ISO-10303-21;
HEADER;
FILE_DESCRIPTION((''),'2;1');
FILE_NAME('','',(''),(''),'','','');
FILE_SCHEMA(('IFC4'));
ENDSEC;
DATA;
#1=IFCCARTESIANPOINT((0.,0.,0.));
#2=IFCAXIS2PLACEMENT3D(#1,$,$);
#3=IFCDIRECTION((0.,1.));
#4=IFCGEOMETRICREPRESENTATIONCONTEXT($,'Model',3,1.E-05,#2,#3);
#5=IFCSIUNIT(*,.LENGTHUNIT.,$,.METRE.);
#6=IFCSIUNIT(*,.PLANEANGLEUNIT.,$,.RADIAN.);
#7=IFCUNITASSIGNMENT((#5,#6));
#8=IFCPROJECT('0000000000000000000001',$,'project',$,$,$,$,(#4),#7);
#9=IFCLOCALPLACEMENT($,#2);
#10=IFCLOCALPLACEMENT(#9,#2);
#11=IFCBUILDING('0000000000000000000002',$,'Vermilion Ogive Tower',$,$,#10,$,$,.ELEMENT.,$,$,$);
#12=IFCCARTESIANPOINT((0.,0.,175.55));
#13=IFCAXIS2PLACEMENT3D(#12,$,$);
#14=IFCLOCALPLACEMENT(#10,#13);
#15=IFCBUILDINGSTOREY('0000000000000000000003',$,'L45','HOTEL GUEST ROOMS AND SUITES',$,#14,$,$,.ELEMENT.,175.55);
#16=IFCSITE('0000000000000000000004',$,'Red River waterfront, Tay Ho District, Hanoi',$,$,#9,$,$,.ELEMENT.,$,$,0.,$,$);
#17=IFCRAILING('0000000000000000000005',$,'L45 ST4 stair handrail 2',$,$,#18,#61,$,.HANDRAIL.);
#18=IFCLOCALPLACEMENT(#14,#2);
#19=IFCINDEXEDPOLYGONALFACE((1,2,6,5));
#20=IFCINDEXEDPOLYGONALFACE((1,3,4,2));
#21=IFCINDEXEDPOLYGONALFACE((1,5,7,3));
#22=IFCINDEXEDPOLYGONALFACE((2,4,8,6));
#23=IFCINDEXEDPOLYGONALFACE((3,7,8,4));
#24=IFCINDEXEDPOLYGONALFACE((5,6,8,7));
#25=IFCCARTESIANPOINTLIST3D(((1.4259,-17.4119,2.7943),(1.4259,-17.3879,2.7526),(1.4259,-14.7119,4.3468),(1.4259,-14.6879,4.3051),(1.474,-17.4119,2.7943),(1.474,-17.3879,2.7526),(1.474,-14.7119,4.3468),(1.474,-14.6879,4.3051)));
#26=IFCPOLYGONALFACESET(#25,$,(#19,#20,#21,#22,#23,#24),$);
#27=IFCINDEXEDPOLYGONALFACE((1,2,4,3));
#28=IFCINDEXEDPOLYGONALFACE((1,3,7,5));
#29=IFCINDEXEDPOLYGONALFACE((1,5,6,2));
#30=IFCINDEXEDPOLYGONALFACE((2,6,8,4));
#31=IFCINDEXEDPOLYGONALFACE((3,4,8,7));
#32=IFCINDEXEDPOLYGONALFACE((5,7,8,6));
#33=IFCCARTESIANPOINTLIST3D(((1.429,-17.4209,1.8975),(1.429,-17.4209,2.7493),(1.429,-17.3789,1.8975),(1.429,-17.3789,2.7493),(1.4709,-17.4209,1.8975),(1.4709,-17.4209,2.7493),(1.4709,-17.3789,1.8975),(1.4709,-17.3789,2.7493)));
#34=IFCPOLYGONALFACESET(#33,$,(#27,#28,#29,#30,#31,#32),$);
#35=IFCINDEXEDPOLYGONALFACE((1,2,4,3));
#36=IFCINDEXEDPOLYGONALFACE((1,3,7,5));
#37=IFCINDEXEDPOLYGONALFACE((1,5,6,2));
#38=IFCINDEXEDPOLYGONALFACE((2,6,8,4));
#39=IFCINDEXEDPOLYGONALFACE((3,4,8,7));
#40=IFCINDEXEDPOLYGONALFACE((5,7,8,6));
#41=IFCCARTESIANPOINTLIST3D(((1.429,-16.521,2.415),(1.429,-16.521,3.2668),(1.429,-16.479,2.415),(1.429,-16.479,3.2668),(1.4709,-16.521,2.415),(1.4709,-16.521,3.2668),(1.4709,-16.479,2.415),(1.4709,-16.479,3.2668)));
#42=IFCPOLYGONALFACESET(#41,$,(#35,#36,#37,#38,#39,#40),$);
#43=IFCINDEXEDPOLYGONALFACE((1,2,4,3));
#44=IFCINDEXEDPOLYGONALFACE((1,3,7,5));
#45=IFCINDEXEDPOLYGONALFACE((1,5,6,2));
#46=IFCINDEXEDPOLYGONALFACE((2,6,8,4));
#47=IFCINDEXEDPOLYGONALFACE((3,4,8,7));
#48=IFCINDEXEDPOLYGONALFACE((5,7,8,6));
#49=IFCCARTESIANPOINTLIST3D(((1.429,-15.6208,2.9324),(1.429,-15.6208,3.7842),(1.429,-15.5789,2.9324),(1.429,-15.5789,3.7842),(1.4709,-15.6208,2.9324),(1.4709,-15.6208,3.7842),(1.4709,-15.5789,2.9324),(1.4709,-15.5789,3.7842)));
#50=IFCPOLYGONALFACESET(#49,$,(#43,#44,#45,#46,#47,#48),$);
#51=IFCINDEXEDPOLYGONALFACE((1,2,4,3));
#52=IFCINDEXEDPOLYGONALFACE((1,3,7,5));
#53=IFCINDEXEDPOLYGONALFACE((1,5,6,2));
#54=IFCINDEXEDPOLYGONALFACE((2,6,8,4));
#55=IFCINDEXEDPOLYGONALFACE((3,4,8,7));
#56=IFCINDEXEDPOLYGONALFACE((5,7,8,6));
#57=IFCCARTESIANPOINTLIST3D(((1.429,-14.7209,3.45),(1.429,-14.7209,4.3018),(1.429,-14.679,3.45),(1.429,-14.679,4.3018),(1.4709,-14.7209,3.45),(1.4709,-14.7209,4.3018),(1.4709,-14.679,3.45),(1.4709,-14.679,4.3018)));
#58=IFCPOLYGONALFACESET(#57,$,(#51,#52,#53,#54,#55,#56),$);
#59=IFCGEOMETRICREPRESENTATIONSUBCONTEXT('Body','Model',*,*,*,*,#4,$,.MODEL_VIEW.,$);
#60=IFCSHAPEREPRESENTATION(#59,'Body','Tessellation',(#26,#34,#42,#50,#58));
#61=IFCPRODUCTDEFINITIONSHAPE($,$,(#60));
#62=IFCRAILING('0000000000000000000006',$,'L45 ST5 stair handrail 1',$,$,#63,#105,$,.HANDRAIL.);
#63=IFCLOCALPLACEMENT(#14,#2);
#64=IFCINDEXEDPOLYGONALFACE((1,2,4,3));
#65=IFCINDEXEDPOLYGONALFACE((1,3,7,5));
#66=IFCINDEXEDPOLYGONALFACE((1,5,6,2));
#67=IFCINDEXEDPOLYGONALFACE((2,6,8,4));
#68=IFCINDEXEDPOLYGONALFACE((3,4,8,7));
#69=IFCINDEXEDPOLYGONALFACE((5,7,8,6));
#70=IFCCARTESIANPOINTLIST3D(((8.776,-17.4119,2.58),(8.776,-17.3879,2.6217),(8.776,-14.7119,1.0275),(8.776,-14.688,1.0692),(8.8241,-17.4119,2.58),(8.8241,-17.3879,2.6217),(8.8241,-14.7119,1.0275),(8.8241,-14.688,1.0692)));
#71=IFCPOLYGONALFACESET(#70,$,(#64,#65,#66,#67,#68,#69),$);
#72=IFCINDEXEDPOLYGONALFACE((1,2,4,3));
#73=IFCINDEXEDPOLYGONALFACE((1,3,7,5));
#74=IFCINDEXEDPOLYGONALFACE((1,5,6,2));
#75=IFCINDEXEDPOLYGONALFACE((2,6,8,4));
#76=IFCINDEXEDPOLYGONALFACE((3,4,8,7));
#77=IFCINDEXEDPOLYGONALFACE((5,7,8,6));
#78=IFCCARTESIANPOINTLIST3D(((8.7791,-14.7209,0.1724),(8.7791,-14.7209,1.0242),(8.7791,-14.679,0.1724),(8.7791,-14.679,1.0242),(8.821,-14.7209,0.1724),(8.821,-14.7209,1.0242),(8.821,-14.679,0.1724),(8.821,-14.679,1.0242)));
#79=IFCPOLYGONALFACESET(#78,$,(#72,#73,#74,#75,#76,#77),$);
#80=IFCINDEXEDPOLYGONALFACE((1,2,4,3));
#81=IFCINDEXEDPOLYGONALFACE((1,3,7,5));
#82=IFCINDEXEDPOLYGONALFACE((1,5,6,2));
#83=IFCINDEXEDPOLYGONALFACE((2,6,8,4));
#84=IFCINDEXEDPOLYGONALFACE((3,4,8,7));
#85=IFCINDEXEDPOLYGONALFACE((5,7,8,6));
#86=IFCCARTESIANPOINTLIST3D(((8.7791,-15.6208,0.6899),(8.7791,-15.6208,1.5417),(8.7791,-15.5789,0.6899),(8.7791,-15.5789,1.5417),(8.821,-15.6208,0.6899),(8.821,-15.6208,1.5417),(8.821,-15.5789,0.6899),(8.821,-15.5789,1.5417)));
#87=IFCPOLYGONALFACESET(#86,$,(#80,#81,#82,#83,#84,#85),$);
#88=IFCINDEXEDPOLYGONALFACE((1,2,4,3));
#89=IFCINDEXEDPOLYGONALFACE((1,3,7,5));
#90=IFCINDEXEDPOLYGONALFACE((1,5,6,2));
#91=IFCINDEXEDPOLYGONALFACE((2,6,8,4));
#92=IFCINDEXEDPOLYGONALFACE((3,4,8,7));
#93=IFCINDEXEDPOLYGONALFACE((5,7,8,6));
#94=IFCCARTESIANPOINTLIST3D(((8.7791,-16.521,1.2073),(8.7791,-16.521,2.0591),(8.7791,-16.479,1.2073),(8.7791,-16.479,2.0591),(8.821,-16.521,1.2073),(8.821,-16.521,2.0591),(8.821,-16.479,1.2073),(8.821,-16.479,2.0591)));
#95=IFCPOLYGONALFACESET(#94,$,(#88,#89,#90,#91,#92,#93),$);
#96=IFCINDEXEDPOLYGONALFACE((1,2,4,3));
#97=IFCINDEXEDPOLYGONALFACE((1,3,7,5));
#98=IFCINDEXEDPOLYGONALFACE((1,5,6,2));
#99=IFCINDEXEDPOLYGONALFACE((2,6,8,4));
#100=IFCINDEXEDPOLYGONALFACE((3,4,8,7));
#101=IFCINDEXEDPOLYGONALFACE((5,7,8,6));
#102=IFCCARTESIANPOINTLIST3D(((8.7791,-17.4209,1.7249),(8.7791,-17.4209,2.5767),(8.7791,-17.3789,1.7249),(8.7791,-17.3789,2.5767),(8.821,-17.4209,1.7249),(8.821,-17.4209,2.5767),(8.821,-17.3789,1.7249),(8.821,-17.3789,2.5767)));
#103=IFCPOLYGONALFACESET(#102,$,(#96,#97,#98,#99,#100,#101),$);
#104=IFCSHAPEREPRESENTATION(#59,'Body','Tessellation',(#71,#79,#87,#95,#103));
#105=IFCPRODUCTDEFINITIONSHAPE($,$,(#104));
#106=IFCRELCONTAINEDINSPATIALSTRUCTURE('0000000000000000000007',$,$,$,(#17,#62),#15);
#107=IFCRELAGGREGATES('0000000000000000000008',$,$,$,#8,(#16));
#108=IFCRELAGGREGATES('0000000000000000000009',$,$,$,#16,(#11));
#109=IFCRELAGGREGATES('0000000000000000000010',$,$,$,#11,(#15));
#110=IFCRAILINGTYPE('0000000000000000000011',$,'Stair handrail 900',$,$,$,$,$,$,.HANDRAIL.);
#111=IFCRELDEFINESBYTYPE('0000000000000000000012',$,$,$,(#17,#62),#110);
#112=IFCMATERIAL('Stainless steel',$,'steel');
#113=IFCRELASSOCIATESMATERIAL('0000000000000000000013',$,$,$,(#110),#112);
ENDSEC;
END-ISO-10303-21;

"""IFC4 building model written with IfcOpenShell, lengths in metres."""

from ifc_helpers import new_model, si_unit, direction, frame, origin, origin_2d, place, context, subcontext, project, spatial, rectangle, extrude, material, type_object, element, save


model = new_model("IFC4")

# Units and contexts
model_context = context("Model", 3, precision=1e-05, world=origin(), true_north=direction((0.0, 1.0)))
body_context = subcontext(model_context, "Body", "Model", "MODEL_VIEW")
ifc_project = project(units=[si_unit("LENGTHUNIT", "METRE"), si_unit("PLANEANGLEUNIT", "RADIAN")], contexts=[model_context])

# Site, building, storey
site_placement = place(None, origin())
site = spatial("IfcSite", under=ifc_project, at=site_placement, Name="Red River waterfront, Tay Ho District, Hanoi", CompositionType="ELEMENT", RefElevation=0.0)
building_placement = place(site_placement, origin())
building = spatial("IfcBuilding", under=site, at=building_placement, Name="Vermilion Ogive Tower", CompositionType="ELEMENT")
storey_placement = place(building_placement, frame((0.0, 0.0, 175.55)))
storey = spatial("IfcBuildingStorey", under=building, at=storey_placement, Name="L45", Description="HOTEL GUEST ROOMS AND SUITES", CompositionType="ELEMENT", Elevation=175.55)

# Railings
ifc_material_1 = material(Name="Stainless steel", Category="steel")
railing_type_1 = type_object("IfcRailingType", Name="Stair handrail 900", PredefinedType="HANDRAIL", material=ifc_material_1)
railing_1_placement = place(storey_placement, frame((1.45, -17.3999, 1.8975)))
element("IfcRailing", 1, at=railing_1_placement, inside=storey, type_object=railing_type_1, Name="L45 ST4 stair handrail 2", PredefinedType="HANDRAIL", context=body_context, shape_type="SweptSolid", body=[
    extrude(rectangle(XDim=0.0481, YDim=0.0481, at=origin_2d()), frame((0.0, 0.0, 0.876), z_axis=(0.0, 0.866904, 0.498476), x_axis=(-1.0, 0.0, 0.0)), (0.0, 0.0, 1.0), 3.1145),
    extrude(rectangle(XDim=0.042, YDim=0.042, at=origin_2d()), origin(), (0.0, 0.0, 1.0), 0.8518),
    extrude(rectangle(XDim=0.042, YDim=0.042, at=origin_2d()), frame((0.0, 0.8999, 0.5176)), (0.0, 0.0, 1.0), 0.8518),
    extrude(rectangle(XDim=0.042, YDim=0.042, at=origin_2d()), frame((0.0, 1.8, 1.0349)), (0.0, 0.0, 1.0), 0.8518),
    extrude(rectangle(XDim=0.042, YDim=0.042, at=origin_2d()), frame((0.0, 2.7, 1.5525)), (0.0, 0.0, 1.0), 0.8518),
])
railing_2_placement = place(storey_placement, frame((8.8, -14.7, 0.1724)))
element("IfcRailing", 2, at=railing_2_placement, inside=storey, type_object=railing_type_1, Name="L45 ST5 stair handrail 1", PredefinedType="HANDRAIL", context=body_context, shape_type="SweptSolid", body=[
    extrude(rectangle(XDim=0.0481, YDim=0.0481, at=origin_2d()), frame((0.0, 0.0, 0.876), z_axis=(0.0, -0.866904, 0.498476), x_axis=(1.0, 0.0, 0.0)), (0.0, 0.0, 1.0), 3.1145),
    extrude(rectangle(XDim=0.042, YDim=0.042, at=origin_2d()), origin(), (0.0, 0.0, 1.0), 0.8518),
    extrude(rectangle(XDim=0.042, YDim=0.042, at=origin_2d()), frame((0.0, -0.8999, 0.5176)), (0.0, 0.0, 1.0), 0.8518),
    extrude(rectangle(XDim=0.042, YDim=0.042, at=origin_2d()), frame((0.0, -1.8, 1.0349)), (0.0, 0.0, 1.0), 0.8518),
    extrude(rectangle(XDim=0.042, YDim=0.042, at=origin_2d()), frame((0.0, -2.7, 1.5525)), (0.0, 0.0, 1.0), 0.8518),
])

save(model, "model.ifc")
